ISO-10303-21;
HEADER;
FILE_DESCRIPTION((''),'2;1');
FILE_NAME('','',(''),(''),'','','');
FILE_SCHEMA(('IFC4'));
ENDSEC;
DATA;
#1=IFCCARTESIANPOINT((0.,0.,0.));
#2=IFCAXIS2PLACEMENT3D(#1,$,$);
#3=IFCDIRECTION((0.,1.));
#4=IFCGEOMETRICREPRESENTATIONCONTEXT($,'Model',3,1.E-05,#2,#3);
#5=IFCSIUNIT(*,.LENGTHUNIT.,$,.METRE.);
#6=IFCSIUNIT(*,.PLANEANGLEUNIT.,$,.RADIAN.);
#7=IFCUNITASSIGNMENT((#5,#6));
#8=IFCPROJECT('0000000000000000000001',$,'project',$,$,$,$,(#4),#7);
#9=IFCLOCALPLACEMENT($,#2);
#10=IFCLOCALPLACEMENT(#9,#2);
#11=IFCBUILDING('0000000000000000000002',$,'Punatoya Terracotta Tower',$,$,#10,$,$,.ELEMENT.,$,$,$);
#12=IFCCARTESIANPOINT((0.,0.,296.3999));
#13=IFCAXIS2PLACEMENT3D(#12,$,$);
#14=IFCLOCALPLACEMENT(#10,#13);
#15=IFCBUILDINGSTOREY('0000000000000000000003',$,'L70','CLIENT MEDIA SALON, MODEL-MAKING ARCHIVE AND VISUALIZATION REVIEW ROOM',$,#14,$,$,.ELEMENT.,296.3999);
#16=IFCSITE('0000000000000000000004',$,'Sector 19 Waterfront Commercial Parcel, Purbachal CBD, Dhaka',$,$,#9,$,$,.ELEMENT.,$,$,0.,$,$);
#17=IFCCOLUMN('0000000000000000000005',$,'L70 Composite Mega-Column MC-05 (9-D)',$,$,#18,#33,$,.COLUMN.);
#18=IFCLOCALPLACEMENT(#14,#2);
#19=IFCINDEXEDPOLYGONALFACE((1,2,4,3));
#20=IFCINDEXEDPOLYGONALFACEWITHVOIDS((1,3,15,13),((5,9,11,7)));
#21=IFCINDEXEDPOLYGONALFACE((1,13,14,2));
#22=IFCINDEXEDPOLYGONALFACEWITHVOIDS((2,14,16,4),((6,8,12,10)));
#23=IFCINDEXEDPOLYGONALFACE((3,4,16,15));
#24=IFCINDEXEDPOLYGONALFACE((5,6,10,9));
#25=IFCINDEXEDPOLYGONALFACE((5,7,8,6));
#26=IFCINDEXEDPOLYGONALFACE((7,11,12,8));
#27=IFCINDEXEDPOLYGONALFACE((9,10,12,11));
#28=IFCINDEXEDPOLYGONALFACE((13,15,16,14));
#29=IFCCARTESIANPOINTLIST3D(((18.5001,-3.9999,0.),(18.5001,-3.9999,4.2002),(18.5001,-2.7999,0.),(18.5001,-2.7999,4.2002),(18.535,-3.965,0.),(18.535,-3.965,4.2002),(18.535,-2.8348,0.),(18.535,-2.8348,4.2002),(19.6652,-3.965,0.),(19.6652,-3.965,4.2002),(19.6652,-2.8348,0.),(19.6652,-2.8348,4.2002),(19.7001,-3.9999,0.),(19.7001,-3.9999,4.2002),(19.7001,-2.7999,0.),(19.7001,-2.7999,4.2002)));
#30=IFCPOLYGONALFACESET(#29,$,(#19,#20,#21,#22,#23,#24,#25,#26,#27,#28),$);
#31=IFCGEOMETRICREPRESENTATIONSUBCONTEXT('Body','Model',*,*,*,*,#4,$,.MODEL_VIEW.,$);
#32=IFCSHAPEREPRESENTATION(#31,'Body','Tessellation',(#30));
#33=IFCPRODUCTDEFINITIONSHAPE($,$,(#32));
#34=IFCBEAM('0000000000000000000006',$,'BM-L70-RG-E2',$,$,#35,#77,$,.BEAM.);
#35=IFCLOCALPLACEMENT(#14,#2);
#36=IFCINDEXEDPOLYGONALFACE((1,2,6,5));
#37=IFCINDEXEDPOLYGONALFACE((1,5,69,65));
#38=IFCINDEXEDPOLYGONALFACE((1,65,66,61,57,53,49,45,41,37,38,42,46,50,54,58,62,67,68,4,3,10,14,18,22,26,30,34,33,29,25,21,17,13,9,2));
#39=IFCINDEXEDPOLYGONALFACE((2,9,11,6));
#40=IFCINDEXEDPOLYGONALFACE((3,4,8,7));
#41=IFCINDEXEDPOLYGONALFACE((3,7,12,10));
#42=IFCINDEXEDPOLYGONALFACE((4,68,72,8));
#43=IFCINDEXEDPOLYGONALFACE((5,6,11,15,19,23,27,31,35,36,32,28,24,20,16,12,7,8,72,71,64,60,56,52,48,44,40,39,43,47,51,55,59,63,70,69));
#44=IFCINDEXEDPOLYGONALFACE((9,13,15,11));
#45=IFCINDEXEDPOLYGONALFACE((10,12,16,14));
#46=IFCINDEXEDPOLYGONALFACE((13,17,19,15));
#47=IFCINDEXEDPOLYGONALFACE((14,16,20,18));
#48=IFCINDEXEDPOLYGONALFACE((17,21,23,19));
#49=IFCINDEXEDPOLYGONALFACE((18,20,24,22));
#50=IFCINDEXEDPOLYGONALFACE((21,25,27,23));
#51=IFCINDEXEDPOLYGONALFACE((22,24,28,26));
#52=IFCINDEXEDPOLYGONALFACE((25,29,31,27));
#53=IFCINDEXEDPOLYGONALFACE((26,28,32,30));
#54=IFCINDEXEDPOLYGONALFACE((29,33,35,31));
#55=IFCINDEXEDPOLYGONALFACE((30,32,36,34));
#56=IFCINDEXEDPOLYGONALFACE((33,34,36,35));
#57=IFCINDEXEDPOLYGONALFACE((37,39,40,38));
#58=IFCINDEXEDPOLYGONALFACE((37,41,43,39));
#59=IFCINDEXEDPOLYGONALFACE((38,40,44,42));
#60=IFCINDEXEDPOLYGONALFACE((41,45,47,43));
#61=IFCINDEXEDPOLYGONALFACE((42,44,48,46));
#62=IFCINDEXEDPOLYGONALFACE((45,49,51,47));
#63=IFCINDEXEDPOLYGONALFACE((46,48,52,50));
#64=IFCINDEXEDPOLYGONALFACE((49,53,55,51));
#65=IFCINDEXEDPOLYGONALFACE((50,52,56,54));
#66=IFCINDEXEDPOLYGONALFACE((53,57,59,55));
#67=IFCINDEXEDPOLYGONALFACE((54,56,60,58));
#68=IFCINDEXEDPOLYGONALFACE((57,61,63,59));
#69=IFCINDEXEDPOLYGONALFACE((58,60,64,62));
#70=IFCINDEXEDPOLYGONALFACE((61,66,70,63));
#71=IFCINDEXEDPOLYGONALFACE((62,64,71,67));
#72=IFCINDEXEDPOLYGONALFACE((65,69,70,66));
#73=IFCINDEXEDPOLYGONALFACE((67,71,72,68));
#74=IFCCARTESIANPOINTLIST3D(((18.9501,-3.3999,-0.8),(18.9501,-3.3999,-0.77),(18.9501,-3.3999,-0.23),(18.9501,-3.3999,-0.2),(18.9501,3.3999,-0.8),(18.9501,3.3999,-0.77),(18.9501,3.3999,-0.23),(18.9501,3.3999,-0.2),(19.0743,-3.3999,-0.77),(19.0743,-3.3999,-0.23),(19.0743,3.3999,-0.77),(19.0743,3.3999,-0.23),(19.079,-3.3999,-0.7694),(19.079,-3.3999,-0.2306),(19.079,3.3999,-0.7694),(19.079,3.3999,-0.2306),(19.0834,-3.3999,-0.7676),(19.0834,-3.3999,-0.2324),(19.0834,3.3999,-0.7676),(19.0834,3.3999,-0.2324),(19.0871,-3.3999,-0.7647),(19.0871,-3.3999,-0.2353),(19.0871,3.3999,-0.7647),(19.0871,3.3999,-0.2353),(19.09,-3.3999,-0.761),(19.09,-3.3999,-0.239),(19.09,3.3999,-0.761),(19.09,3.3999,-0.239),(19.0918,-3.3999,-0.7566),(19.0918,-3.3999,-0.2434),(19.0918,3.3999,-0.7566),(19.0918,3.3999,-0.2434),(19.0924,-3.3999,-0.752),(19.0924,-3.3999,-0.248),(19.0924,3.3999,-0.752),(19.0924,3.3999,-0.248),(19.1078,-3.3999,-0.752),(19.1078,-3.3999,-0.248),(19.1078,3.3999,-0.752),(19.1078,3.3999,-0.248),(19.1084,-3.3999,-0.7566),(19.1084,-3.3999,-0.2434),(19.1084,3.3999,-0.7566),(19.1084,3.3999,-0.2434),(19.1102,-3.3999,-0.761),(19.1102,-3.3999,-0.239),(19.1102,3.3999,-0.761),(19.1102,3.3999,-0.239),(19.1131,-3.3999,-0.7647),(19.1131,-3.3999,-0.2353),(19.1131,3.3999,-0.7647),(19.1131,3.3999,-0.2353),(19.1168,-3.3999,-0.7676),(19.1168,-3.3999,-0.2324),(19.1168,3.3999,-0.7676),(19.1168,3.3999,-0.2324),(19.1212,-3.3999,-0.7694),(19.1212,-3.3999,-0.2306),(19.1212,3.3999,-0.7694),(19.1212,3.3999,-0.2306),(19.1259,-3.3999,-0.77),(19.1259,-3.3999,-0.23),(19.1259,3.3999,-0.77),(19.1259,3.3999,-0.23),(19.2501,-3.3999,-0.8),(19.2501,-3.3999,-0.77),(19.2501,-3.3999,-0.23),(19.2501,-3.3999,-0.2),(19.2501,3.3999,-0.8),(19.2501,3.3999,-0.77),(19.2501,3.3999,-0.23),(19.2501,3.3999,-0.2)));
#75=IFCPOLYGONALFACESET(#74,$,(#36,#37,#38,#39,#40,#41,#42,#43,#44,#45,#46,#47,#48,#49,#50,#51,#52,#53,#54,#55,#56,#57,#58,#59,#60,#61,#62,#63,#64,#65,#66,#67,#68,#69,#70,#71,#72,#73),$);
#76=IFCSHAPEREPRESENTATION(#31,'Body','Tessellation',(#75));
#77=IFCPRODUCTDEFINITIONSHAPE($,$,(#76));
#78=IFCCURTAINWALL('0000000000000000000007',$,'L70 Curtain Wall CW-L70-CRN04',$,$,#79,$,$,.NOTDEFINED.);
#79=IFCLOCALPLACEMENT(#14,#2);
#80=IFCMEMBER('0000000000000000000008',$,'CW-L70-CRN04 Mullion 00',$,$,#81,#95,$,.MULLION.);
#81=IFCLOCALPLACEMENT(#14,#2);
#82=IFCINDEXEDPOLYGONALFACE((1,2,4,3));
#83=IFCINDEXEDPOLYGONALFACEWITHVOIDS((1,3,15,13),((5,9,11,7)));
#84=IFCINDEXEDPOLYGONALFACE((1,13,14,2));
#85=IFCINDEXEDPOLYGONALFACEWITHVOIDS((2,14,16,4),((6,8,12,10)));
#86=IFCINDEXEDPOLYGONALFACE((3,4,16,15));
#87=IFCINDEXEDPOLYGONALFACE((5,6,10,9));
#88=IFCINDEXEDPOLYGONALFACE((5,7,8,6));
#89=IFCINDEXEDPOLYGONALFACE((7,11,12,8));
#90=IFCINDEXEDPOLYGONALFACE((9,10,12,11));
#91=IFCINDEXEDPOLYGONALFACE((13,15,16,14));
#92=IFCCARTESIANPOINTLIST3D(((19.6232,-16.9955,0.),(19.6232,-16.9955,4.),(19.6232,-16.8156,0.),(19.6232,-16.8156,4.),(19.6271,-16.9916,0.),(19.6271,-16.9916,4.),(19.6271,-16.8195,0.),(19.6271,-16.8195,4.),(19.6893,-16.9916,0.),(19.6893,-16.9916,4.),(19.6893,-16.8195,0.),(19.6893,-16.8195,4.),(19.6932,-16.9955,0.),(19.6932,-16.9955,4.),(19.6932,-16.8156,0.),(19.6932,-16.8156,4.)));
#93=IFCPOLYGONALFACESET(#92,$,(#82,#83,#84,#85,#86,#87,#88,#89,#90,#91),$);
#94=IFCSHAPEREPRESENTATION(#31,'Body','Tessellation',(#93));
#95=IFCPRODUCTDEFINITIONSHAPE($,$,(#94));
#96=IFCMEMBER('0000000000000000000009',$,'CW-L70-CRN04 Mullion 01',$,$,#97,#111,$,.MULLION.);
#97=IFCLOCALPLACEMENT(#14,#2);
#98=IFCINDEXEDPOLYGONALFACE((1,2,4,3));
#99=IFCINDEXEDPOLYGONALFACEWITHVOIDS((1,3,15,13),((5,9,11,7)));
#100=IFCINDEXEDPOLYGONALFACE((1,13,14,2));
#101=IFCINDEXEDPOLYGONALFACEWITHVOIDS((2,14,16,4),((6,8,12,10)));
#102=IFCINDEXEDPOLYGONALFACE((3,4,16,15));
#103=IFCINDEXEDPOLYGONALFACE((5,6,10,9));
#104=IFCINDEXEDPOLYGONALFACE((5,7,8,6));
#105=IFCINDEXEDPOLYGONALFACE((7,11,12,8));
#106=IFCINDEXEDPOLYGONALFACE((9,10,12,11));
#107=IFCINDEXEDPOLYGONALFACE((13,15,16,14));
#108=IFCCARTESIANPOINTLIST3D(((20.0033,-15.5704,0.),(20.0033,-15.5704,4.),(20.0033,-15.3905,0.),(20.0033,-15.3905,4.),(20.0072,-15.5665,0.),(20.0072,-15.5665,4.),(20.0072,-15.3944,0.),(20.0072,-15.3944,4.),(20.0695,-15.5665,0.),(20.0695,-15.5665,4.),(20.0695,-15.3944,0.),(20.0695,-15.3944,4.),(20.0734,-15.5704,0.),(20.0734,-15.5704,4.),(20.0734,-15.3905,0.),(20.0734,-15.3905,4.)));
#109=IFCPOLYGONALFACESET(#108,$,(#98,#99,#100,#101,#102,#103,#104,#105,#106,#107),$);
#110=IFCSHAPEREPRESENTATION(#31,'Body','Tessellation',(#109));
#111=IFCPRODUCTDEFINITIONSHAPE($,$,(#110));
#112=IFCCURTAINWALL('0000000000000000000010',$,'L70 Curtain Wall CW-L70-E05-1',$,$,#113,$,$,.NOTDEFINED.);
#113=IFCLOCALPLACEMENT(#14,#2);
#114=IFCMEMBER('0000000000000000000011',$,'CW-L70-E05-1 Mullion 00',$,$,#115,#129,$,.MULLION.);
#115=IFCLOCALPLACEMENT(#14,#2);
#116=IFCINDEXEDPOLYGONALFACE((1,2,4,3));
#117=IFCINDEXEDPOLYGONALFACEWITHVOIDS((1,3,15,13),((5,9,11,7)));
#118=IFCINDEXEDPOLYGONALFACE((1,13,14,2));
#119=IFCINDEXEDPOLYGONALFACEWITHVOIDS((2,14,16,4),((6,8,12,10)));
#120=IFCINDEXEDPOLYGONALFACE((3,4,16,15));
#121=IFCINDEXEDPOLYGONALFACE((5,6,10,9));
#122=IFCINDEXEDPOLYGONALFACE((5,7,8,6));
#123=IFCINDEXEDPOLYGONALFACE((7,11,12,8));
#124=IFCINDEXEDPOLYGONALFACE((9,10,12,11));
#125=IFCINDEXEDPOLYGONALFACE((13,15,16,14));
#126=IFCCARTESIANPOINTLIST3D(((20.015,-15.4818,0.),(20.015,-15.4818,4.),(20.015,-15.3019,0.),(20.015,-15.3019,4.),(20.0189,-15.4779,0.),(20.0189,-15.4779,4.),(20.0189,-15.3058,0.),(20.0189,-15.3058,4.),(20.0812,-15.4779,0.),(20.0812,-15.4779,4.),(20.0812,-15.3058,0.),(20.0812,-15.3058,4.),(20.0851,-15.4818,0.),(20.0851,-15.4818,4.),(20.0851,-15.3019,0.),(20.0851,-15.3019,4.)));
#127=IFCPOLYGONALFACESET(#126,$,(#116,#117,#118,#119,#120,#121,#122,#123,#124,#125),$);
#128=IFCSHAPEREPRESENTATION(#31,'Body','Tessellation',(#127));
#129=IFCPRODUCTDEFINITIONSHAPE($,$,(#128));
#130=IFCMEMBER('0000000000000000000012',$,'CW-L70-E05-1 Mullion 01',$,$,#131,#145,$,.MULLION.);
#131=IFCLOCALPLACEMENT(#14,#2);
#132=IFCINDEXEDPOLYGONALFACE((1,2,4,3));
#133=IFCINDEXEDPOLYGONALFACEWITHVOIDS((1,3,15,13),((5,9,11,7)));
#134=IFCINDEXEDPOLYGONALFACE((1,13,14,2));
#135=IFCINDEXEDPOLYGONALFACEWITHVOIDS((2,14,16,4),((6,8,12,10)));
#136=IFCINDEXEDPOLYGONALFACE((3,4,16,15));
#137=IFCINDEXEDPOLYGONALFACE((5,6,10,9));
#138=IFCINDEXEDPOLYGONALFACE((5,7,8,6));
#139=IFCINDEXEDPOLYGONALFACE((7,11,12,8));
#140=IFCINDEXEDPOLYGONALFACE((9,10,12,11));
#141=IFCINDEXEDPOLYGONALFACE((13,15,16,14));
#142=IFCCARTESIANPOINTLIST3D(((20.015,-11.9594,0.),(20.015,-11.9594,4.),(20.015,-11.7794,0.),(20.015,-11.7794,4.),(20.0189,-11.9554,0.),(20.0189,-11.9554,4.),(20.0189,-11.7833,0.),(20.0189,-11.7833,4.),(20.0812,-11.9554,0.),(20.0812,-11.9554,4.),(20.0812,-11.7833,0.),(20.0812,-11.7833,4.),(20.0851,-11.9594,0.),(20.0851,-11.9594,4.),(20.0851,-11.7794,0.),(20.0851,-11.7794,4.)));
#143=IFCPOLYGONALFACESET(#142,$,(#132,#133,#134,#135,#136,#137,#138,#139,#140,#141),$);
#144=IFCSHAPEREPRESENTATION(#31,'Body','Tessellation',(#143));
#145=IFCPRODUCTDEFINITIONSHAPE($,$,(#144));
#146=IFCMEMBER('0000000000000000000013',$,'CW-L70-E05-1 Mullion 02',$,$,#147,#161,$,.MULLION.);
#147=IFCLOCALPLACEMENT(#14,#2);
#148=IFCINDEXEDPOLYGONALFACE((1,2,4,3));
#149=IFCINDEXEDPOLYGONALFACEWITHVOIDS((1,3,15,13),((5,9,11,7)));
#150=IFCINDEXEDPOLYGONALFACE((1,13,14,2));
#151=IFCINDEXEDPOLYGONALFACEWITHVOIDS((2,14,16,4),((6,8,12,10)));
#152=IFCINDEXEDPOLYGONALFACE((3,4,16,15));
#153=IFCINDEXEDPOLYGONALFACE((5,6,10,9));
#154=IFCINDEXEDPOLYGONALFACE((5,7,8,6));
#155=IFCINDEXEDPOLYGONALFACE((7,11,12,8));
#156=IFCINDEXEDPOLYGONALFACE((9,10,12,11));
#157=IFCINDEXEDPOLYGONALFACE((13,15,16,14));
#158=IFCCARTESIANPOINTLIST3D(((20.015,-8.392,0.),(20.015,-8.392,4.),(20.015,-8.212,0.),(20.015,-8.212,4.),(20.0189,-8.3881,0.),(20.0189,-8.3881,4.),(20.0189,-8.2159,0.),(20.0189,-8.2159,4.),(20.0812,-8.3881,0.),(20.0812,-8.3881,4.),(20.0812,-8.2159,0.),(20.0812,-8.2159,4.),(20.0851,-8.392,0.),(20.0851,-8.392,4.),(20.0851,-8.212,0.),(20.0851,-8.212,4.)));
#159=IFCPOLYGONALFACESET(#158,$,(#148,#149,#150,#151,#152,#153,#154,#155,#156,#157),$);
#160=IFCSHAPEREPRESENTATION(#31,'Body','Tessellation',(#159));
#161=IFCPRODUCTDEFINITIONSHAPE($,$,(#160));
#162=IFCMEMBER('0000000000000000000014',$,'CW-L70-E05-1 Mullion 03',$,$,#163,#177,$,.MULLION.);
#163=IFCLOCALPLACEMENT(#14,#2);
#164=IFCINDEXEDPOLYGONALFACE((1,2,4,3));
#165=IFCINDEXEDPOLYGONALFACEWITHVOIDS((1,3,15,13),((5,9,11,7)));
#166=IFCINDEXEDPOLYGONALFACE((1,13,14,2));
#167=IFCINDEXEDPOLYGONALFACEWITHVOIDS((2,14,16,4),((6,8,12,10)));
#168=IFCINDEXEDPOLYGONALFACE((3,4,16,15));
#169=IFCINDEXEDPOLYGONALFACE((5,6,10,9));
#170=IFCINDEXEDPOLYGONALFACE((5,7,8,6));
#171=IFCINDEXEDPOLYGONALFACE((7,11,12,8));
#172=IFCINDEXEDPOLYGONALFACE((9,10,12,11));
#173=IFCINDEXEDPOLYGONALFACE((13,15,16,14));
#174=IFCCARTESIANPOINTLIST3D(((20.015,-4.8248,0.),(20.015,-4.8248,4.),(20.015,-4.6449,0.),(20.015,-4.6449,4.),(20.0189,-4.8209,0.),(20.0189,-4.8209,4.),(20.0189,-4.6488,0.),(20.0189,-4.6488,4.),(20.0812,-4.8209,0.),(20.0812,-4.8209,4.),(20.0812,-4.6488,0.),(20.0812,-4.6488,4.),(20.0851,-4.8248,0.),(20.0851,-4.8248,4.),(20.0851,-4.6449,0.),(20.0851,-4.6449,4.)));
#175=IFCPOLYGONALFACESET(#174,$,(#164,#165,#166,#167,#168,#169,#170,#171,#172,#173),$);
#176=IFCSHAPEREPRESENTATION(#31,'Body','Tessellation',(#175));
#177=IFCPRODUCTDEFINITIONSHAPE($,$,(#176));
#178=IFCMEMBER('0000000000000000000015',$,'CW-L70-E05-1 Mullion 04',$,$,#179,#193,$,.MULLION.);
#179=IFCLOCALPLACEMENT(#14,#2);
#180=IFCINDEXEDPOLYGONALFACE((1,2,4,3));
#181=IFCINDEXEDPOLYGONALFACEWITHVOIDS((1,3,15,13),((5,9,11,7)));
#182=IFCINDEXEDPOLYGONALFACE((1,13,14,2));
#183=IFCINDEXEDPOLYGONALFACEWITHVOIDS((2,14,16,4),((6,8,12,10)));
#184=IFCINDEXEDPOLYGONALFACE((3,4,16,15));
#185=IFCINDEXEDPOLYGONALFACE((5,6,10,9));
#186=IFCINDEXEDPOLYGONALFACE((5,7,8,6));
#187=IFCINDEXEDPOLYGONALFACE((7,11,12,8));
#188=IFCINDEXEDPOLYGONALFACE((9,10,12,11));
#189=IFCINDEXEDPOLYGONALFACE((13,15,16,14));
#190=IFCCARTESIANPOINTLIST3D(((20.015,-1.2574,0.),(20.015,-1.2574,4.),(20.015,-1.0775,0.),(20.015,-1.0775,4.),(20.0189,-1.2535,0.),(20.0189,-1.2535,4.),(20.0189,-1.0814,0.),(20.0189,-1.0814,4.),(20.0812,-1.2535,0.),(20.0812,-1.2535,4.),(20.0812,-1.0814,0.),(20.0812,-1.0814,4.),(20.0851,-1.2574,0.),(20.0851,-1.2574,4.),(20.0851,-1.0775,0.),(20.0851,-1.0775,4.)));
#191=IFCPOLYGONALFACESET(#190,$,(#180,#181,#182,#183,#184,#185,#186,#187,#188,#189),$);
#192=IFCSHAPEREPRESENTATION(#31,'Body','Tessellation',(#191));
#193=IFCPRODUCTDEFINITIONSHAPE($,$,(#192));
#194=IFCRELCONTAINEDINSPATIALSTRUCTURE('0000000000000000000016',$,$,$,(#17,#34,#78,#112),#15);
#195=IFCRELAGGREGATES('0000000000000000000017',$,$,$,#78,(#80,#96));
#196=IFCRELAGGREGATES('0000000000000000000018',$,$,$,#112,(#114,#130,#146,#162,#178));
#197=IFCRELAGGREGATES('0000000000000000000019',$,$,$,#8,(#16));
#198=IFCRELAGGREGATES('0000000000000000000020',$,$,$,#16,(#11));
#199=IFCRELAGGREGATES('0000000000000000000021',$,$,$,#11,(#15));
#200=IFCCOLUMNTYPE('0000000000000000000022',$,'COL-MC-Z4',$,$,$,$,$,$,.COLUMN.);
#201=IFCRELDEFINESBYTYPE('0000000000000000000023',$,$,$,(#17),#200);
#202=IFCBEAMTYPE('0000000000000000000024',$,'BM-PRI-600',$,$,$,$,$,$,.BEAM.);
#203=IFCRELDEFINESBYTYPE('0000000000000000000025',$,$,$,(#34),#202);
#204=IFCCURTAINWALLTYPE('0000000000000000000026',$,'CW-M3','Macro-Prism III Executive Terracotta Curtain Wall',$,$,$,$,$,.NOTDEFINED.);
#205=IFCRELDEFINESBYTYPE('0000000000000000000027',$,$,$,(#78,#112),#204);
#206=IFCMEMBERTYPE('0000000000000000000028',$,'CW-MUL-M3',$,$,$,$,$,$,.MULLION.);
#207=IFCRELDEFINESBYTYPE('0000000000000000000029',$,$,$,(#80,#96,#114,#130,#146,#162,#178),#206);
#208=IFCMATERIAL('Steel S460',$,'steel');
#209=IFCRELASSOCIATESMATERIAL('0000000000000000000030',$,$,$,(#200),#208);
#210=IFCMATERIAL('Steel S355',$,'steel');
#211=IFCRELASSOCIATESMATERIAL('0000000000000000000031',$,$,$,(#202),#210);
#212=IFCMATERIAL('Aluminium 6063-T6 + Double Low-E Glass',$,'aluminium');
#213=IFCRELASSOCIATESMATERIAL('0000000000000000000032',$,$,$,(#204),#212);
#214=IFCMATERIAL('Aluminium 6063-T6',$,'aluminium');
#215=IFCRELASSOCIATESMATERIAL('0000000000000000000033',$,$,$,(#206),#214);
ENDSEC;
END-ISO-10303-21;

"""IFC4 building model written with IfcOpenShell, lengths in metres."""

from ifc_helpers import new_model, si_unit, direction, frame, origin, origin_2d, place, context, subcontext, project, spatial, hollow_rectangle, i_section, extrude, material, material_profile, profile_set, type_object, element, aggregate, save


model = new_model("IFC4")

# Units and contexts
model_context = context("Model", 3, precision=1e-05, world=origin(), true_north=direction((0.0, 1.0)))
body_context = subcontext(model_context, "Body", "Model", "MODEL_VIEW")
ifc_project = project(units=[si_unit("LENGTHUNIT", "METRE"), si_unit("PLANEANGLEUNIT", "RADIAN")], contexts=[model_context])

# Site, building, storey
site_placement = place(None, origin())
site = spatial("IfcSite", under=ifc_project, at=site_placement, Name="Sector 19 Waterfront Commercial Parcel, Purbachal CBD, Dhaka", CompositionType="ELEMENT", RefElevation=0.0)
building_placement = place(site_placement, origin())
building = spatial("IfcBuilding", under=site, at=building_placement, Name="Punatoya Terracotta Tower", CompositionType="ELEMENT")
storey_placement = place(building_placement, frame((0.0, 0.0, 296.3999)))
storey = spatial("IfcBuildingStorey", under=building, at=storey_placement, Name="L70", Description="CLIENT MEDIA SALON, MODEL-MAKING ARCHIVE AND VISUALIZATION REVIEW ROOM", CompositionType="ELEMENT", Elevation=296.3999)

# Column
ifc_material_1 = material(Name="Steel S460", Category="steel")
ifc_material_profile_1 = material_profile(ifc_material_1, hollow_rectangle(XDim=1.2, YDim=1.2, WallThickness=0.0349, at=origin_2d()))
ifc_profile_set_1 = profile_set([ifc_material_profile_1], Name="Steel S460")
column_type = type_object("IfcColumnType", Name="COL-MC-Z4", PredefinedType="COLUMN", material=ifc_profile_set_1)
column_placement = place(storey_placement, frame((19.1001, -3.3999, 0.0), z_axis=(0.0, 0.0, 1.0), x_axis=(1.0, 0.0, 0.0)))
element("IfcColumn", 1, at=column_placement, inside=storey, type_object=column_type, Name="L70 Composite Mega-Column MC-05 (9-D)", PredefinedType="COLUMN", context=body_context, shape_type="SweptSolid", body=[
    extrude(hollow_rectangle(XDim=1.2, YDim=1.2, WallThickness=0.0349, at=origin_2d()), origin(), (0.0, 0.0, 1.0), 4.2002),
])

# Beam
ifc_material_2 = material(Name="Steel S355", Category="steel")
ifc_material_profile_2 = material_profile(ifc_material_2, i_section(OverallWidth=0.3, OverallDepth=0.6001, WebThickness=0.0154, FlangeThickness=0.03, FilletRadius=0.0181, at=origin_2d()))
ifc_profile_set_2 = profile_set([ifc_material_profile_2], Name="Steel S355")
beam_type = type_object("IfcBeamType", Name="BM-PRI-600", PredefinedType="BEAM", material=ifc_profile_set_2)
beam_placement = place(storey_placement, frame((19.1001, -3.3999, -0.5), z_axis=(0.0, 1.0, 0.0), x_axis=(-1.0, 0.0, 0.0)))
element("IfcBeam", 2, at=beam_placement, inside=storey, type_object=beam_type, Name="BM-L70-RG-E2", PredefinedType="BEAM", context=body_context, shape_type="SweptSolid", body=[
    extrude(i_section(OverallWidth=0.3, OverallDepth=0.6001, WebThickness=0.0154, FlangeThickness=0.03, FilletRadius=0.0181, at=origin_2d()), origin(), (0.0, 0.0, 1.0), 6.7998),
])

# Curtain walls, members
ifc_material_3 = material(Name="Aluminium 6063-T6 + Double Low-E Glass", Category="aluminium")
curtain_wall_type = type_object("IfcCurtainWallType", Name="CW-M3", Description="Macro-Prism III Executive Terracotta Curtain Wall", PredefinedType="NOTDEFINED", material=ifc_material_3)
curtain_wall_1_placement = place(storey_placement, origin())
curtain_wall_1 = element("IfcCurtainWall", 3, at=curtain_wall_1_placement, inside=storey, type_object=curtain_wall_type, Name="L70 Curtain Wall CW-L70-CRN04", PredefinedType="NOTDEFINED")
ifc_material_4 = material(Name="Aluminium 6063-T6", Category="aluminium")
ifc_material_profile_3 = material_profile(ifc_material_4, hollow_rectangle(XDim=0.0701, YDim=0.1799, WallThickness=0.0039, at=origin_2d()))
ifc_profile_set_3 = profile_set([ifc_material_profile_3], Name="Aluminium 6063-T6")
member_type_1 = type_object("IfcMemberType", Name="CW-MUL-M3", PredefinedType="MULLION", material=ifc_profile_set_3)
member_1_placement = place(storey_placement, frame((19.6582, -16.9055, 0.0), z_axis=(0.0, 0.0, 1.0), x_axis=(1.0, 0.0, 0.0)))
member_1 = element("IfcMember", 4, at=member_1_placement, type_object=member_type_1, Name="CW-L70-CRN04 Mullion 00", PredefinedType="MULLION", context=body_context, shape_type="SweptSolid", body=[
    extrude(hollow_rectangle(XDim=0.0701, YDim=0.1799, WallThickness=0.0039, at=origin_2d()), origin(), (0.0, 0.0, 1.0), 4.0),
])
member_2_placement = place(storey_placement, frame((20.0383, -15.4805, 0.0), z_axis=(0.0, 0.0, 1.0), x_axis=(1.0, 0.0, 0.0)))
member_2 = element("IfcMember", 5, at=member_2_placement, type_object=member_type_1, Name="CW-L70-CRN04 Mullion 01", PredefinedType="MULLION", context=body_context, shape_type="SweptSolid", body=[
    extrude(hollow_rectangle(XDim=0.0701, YDim=0.1799, WallThickness=0.0039, at=origin_2d()), origin(), (0.0, 0.0, 1.0), 4.0),
])
curtain_wall_2_placement = place(storey_placement, origin())
curtain_wall_2 = element("IfcCurtainWall", 6, at=curtain_wall_2_placement, inside=storey, type_object=curtain_wall_type, Name="L70 Curtain Wall CW-L70-E05-1", PredefinedType="NOTDEFINED")
member_3_placement = place(storey_placement, frame((20.05, -15.3918, 0.0), z_axis=(0.0, 0.0, 1.0), x_axis=(1.0, 0.0, 0.0)))
member_3 = element("IfcMember", 7, at=member_3_placement, type_object=member_type_1, Name="CW-L70-E05-1 Mullion 00", PredefinedType="MULLION", context=body_context, shape_type="SweptSolid", body=[
    extrude(hollow_rectangle(XDim=0.0701, YDim=0.1799, WallThickness=0.0039, at=origin_2d()), origin(), (0.0, 0.0, 1.0), 4.0),
])
member_4_placement = place(storey_placement, frame((20.05, -11.8694, 0.0), z_axis=(0.0, 0.0, 1.0), x_axis=(1.0, 0.0, 0.0)))
member_4 = element("IfcMember", 8, at=member_4_placement, type_object=member_type_1, Name="CW-L70-E05-1 Mullion 01", PredefinedType="MULLION", context=body_context, shape_type="SweptSolid", body=[
    extrude(hollow_rectangle(XDim=0.0701, YDim=0.1799, WallThickness=0.0039, at=origin_2d()), origin(), (0.0, 0.0, 1.0), 4.0),
])
member_5_placement = place(storey_placement, frame((20.05, -8.302, 0.0), z_axis=(0.0, 0.0, 1.0), x_axis=(1.0, 0.0, 0.0)))
member_5 = element("IfcMember", 9, at=member_5_placement, type_object=member_type_1, Name="CW-L70-E05-1 Mullion 02", PredefinedType="MULLION", context=body_context, shape_type="SweptSolid", body=[
    extrude(hollow_rectangle(XDim=0.0701, YDim=0.1799, WallThickness=0.0039, at=origin_2d()), origin(), (0.0, 0.0, 1.0), 4.0),
])
member_6_placement = place(storey_placement, frame((20.05, -4.7349, 0.0), z_axis=(0.0, 0.0, 1.0), x_axis=(1.0, 0.0, 0.0)))
member_6 = element("IfcMember", 10, at=member_6_placement, type_object=member_type_1, Name="CW-L70-E05-1 Mullion 03", PredefinedType="MULLION", context=body_context, shape_type="SweptSolid", body=[
    extrude(hollow_rectangle(XDim=0.0701, YDim=0.1799, WallThickness=0.0039, at=origin_2d()), origin(), (0.0, 0.0, 1.0), 4.0),
])
member_7_placement = place(storey_placement, frame((20.05, -1.1675, 0.0), z_axis=(0.0, 0.0, 1.0), x_axis=(1.0, 0.0, 0.0)))
member_7 = element("IfcMember", 11, at=member_7_placement, type_object=member_type_1, Name="CW-L70-E05-1 Mullion 04", PredefinedType="MULLION", context=body_context, shape_type="SweptSolid", body=[
    extrude(hollow_rectangle(XDim=0.0701, YDim=0.1799, WallThickness=0.0039, at=origin_2d()), origin(), (0.0, 0.0, 1.0), 4.0),
])

aggregate(curtain_wall_1, [member_1, member_2])
aggregate(curtain_wall_2, [member_3, member_4, member_5, member_6, member_7])

save(model, "model.ifc")
